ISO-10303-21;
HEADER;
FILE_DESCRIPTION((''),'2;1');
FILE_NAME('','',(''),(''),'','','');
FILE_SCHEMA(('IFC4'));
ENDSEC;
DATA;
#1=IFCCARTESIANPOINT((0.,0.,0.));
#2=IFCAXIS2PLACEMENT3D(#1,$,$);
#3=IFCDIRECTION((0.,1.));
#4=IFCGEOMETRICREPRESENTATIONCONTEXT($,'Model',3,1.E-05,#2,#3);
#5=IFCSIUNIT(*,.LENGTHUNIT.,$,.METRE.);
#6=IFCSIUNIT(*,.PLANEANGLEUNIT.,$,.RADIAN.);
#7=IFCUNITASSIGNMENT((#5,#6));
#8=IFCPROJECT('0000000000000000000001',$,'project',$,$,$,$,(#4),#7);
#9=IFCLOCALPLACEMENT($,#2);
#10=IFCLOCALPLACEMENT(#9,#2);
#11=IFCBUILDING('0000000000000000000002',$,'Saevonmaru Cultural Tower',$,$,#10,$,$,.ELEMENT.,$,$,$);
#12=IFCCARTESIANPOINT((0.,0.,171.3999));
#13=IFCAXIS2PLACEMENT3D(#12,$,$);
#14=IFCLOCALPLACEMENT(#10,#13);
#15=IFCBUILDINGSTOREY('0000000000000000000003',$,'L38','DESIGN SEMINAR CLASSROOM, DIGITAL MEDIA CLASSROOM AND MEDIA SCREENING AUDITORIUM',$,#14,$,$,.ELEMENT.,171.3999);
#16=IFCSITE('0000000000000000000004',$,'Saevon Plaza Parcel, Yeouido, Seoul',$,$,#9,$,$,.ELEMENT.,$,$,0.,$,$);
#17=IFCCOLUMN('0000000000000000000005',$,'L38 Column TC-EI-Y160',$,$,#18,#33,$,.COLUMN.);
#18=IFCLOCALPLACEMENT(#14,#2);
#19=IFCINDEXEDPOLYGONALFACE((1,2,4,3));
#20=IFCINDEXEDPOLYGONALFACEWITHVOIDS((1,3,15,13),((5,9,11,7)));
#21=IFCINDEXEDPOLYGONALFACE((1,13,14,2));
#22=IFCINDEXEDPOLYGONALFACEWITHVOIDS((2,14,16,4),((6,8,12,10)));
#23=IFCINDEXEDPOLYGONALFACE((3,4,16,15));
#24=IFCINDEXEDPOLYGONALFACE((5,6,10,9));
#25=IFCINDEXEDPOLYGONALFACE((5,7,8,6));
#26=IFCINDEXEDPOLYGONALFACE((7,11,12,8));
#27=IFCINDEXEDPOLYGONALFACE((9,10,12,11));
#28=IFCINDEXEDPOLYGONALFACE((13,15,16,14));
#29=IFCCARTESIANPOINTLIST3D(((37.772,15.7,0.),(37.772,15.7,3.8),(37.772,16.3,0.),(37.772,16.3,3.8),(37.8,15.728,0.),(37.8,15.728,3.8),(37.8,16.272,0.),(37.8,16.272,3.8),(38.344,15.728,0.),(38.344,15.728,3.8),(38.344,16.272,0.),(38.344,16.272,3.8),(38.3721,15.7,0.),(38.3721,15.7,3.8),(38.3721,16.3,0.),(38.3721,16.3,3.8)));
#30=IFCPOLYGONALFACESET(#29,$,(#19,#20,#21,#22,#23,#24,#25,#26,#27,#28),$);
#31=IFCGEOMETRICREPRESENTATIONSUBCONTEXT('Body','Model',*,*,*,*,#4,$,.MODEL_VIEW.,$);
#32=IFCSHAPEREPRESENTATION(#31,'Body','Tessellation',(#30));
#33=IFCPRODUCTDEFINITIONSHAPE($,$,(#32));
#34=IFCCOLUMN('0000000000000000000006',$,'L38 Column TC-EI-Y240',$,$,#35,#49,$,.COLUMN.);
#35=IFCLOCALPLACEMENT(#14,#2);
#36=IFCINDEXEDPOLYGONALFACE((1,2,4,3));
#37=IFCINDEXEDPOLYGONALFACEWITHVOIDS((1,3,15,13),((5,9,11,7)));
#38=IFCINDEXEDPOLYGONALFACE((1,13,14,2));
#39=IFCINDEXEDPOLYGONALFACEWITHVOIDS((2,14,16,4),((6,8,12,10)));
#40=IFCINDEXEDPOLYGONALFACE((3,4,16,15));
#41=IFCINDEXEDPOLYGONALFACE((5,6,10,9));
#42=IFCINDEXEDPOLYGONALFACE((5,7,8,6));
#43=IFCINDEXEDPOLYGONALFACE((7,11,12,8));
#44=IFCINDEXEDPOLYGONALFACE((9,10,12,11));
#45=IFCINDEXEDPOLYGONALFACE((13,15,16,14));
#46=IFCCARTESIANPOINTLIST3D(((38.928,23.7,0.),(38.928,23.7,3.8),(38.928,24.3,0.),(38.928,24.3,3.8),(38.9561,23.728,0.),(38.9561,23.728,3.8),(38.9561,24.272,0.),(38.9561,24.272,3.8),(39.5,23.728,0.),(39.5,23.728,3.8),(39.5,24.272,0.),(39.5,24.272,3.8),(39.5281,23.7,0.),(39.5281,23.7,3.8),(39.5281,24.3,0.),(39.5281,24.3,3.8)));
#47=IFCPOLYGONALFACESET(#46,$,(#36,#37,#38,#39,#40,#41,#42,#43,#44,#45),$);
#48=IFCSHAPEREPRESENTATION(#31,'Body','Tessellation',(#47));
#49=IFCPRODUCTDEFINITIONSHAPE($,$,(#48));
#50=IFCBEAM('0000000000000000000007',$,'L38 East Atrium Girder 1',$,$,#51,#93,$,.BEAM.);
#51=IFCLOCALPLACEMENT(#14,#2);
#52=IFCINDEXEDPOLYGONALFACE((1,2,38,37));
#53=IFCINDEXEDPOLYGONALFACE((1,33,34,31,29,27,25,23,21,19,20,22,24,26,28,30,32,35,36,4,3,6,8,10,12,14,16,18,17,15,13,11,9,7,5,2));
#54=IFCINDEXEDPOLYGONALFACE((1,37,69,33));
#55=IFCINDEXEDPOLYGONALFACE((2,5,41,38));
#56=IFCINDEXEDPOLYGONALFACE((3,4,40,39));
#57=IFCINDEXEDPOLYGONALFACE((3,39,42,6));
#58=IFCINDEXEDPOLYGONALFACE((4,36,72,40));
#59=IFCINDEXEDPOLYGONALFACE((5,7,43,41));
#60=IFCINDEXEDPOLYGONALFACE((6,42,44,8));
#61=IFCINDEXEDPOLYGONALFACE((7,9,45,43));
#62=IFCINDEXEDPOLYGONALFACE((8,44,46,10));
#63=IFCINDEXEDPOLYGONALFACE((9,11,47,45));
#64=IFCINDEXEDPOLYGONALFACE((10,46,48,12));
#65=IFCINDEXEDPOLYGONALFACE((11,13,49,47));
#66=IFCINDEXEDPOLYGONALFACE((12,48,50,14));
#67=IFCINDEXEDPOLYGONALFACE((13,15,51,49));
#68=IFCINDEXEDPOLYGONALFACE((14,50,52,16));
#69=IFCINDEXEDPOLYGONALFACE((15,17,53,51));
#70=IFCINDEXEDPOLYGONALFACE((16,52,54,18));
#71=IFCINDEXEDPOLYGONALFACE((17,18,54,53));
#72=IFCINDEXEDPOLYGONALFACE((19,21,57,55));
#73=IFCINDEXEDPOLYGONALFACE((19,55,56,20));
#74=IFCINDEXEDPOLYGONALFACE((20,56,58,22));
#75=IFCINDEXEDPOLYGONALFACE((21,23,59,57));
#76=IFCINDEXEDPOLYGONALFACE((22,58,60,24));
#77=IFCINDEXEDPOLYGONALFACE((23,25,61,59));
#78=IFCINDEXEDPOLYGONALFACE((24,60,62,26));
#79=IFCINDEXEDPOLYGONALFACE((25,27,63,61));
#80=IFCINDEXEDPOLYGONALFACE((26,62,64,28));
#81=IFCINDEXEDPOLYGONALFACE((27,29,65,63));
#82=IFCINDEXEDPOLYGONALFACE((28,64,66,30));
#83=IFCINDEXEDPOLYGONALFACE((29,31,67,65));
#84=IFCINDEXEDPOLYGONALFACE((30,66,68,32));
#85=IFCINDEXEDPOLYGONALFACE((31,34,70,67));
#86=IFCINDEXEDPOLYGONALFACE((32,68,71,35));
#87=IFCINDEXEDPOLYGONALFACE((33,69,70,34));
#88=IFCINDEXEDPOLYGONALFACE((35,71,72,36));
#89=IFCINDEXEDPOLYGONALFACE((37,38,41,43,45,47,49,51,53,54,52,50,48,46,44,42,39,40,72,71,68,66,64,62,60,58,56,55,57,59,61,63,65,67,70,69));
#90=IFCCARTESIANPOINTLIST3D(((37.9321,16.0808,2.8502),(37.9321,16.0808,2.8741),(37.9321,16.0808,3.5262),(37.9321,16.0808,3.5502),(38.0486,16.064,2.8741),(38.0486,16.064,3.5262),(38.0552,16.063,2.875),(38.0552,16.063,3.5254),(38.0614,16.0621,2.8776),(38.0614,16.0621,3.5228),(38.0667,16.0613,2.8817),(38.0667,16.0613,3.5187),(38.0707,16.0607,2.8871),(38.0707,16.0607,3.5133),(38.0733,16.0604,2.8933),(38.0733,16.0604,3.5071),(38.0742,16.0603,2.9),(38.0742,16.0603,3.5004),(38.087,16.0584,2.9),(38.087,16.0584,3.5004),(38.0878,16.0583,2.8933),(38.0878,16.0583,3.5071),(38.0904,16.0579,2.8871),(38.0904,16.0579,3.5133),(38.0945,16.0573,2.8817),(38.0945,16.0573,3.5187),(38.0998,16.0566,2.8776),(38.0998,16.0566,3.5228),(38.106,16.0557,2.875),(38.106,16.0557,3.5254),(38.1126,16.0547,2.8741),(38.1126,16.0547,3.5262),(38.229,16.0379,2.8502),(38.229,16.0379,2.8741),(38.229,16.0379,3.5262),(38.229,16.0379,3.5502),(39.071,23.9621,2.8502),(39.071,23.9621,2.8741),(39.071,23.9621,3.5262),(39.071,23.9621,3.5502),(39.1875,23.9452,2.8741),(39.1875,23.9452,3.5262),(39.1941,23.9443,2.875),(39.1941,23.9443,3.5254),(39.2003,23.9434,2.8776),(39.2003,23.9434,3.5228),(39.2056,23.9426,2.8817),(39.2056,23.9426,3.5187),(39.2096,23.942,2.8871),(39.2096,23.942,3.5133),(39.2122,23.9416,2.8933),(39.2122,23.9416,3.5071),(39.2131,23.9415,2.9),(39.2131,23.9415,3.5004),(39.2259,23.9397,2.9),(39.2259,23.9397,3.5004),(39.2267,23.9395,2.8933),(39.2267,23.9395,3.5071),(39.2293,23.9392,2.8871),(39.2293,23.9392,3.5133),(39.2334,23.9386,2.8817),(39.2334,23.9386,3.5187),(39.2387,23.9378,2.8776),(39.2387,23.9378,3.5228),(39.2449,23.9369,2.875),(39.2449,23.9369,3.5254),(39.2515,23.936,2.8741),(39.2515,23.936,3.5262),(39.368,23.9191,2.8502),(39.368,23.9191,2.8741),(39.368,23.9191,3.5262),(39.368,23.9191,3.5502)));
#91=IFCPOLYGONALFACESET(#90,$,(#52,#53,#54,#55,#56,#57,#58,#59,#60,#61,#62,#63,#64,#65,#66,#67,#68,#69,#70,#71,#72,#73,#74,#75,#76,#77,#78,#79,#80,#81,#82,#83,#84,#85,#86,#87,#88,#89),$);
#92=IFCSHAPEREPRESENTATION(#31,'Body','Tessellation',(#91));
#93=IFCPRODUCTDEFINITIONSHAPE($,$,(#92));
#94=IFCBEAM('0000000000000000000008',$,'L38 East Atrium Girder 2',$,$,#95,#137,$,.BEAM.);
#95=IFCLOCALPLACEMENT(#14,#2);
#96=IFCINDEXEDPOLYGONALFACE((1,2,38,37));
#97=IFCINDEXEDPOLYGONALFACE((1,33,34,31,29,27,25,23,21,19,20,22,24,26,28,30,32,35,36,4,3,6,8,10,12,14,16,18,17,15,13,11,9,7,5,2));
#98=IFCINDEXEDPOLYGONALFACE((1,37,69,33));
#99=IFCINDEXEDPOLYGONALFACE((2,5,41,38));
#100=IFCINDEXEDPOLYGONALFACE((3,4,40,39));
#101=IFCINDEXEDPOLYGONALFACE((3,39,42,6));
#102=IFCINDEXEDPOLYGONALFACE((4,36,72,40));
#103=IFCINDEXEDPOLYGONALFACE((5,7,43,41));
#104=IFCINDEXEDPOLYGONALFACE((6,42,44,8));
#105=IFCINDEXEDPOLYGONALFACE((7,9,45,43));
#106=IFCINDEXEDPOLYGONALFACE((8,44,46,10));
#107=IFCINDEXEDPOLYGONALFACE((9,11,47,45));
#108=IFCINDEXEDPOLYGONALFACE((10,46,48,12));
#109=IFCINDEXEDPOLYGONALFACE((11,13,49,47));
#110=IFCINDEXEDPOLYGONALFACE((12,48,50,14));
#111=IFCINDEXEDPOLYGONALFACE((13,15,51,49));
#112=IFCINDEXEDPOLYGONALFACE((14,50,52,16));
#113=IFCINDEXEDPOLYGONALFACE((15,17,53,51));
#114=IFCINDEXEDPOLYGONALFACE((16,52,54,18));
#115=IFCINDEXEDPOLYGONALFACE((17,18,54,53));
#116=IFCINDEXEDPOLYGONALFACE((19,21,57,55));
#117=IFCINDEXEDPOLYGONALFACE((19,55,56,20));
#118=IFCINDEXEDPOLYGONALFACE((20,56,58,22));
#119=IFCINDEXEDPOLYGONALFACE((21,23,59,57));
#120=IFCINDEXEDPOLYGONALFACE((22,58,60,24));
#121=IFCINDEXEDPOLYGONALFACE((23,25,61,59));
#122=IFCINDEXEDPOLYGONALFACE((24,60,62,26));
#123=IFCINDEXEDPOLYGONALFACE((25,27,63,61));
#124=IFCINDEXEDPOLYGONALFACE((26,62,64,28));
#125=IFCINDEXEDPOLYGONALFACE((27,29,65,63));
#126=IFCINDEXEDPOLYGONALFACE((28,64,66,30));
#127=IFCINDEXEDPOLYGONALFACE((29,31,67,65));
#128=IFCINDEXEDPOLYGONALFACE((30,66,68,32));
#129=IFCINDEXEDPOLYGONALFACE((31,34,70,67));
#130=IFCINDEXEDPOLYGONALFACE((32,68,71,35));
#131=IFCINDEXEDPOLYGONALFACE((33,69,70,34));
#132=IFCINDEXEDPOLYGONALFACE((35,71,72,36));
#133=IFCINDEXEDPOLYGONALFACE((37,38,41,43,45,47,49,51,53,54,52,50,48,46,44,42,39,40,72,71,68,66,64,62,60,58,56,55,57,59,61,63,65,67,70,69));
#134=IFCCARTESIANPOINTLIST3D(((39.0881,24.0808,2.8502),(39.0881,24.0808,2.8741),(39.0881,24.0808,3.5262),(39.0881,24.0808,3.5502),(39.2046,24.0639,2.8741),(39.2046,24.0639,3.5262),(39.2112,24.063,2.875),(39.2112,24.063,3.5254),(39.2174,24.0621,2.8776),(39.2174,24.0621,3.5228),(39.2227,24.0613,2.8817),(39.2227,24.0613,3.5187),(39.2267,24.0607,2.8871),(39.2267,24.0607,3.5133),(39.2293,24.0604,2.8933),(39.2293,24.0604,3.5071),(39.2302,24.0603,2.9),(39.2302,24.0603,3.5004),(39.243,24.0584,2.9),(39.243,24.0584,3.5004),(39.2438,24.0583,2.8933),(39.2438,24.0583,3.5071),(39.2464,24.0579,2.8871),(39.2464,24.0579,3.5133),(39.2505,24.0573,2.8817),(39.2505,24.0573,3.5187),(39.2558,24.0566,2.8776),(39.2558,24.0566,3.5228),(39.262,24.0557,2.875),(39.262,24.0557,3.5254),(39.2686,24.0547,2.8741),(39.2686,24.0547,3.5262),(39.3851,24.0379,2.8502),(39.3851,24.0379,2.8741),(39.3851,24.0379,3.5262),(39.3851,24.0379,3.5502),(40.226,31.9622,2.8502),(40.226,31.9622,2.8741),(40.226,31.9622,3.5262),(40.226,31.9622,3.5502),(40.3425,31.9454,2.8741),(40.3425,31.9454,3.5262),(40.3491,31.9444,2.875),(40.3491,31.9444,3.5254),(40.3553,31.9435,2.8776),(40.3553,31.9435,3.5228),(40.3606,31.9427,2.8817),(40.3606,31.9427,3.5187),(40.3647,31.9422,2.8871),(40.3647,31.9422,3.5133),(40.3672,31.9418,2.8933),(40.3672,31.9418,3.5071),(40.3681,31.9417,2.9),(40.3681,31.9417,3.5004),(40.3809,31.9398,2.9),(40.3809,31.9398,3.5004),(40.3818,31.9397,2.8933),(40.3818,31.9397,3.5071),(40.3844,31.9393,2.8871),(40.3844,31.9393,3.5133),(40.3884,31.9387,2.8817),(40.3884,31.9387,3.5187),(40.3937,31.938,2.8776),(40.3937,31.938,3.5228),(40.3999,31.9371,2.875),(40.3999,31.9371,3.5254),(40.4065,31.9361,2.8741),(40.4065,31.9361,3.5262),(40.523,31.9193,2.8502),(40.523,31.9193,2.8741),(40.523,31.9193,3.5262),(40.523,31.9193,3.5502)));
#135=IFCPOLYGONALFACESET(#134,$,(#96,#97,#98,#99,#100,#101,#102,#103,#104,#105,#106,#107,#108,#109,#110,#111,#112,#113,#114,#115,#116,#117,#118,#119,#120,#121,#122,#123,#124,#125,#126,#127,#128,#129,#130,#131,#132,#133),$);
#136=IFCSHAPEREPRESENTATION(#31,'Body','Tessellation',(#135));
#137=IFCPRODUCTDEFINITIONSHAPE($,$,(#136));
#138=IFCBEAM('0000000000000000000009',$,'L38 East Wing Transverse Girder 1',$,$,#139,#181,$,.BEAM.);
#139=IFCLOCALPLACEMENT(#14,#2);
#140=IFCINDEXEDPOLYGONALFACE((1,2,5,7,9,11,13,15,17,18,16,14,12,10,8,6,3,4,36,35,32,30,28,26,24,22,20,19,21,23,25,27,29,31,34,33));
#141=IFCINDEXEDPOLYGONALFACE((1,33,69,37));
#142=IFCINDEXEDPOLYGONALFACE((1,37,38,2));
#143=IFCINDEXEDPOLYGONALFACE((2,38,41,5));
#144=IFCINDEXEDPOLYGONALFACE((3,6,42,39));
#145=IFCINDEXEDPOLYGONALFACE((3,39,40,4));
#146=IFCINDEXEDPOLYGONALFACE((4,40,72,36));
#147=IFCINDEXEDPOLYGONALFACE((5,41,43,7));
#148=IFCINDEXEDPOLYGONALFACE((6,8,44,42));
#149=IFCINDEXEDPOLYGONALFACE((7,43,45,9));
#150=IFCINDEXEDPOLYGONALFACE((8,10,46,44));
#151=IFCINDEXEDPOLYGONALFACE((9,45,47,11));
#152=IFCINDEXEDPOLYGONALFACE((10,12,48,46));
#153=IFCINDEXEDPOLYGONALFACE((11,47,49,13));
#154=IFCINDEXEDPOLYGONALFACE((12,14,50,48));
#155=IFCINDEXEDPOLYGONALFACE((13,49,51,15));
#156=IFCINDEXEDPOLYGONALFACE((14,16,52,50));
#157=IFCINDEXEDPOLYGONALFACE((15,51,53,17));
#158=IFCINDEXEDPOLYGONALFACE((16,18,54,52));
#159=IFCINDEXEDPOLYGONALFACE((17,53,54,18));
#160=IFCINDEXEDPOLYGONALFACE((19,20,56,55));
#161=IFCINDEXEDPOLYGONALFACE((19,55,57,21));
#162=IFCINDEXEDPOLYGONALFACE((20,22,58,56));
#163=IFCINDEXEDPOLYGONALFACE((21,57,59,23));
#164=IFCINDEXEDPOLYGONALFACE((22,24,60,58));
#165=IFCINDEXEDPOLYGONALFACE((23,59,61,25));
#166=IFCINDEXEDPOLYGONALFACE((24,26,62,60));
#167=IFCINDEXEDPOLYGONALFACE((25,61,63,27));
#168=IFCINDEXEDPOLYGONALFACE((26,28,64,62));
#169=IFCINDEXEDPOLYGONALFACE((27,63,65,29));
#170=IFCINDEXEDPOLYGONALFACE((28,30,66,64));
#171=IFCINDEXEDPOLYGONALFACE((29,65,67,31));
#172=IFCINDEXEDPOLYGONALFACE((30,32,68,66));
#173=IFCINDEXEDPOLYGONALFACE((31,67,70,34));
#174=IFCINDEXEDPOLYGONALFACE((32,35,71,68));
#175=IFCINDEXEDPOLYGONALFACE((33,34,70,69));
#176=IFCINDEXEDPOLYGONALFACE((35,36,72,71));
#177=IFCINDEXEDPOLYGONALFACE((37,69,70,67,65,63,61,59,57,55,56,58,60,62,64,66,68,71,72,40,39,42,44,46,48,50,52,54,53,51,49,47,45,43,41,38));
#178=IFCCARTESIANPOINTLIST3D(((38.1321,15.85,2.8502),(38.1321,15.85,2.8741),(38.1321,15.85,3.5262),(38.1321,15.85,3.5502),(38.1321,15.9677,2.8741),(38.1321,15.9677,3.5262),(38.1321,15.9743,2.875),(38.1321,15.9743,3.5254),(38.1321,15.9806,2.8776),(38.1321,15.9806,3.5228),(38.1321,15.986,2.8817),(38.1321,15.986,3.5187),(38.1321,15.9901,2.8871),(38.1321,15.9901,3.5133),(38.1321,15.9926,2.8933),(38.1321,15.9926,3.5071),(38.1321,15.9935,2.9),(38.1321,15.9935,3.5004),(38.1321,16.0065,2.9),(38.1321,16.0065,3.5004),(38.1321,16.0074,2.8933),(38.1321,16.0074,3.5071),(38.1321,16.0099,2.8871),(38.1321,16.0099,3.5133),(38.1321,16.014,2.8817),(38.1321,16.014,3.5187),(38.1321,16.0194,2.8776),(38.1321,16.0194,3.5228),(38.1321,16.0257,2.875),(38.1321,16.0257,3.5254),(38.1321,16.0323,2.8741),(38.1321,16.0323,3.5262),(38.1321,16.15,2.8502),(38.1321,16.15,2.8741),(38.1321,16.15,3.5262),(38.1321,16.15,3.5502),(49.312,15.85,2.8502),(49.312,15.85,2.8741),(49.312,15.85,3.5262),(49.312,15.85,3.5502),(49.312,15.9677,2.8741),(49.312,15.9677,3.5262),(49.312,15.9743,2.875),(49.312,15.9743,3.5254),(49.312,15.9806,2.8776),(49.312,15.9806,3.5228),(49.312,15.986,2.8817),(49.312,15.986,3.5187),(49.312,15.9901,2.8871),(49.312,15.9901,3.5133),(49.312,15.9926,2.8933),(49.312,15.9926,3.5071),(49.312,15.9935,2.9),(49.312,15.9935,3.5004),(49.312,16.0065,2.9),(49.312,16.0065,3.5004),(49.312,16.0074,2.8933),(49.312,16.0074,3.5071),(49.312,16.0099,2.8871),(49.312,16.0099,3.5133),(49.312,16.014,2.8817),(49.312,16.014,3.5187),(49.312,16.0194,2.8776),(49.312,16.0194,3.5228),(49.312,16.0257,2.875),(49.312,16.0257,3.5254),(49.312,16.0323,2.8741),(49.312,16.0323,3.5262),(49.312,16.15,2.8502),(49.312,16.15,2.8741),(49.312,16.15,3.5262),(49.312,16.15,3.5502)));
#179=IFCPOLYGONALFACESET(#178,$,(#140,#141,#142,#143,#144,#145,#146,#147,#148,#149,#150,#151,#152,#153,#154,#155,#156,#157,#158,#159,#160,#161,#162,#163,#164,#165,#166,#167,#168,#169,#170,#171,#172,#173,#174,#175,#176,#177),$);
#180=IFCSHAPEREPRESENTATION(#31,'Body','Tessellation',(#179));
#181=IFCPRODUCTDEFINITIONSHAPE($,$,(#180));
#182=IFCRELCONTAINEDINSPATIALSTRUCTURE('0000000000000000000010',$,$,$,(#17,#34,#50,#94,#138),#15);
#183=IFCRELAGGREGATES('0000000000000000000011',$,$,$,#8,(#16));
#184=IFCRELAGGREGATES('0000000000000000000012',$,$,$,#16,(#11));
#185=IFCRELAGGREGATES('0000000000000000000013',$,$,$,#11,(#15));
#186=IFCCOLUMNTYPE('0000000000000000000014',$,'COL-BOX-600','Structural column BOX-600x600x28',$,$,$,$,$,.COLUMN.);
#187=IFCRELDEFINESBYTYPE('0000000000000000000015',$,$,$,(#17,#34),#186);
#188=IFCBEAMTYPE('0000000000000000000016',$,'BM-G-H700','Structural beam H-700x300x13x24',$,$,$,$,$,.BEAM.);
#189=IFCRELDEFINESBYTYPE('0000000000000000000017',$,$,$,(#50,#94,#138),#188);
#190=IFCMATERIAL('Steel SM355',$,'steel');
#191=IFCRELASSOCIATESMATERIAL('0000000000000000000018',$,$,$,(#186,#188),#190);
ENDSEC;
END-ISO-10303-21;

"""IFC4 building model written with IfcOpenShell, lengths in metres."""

from ifc_helpers import new_model, si_unit, direction, frame, origin, origin_2d, place, context, subcontext, project, spatial, hollow_rectangle, i_section, extrude, material, material_profile, profile_set, type_object, element, save


model = new_model("IFC4")

# Units and contexts
model_context = context("Model", 3, precision=1e-05, world=origin(), true_north=direction((0.0, 1.0)))
body_context = subcontext(model_context, "Body", "Model", "MODEL_VIEW")
ifc_project = project(units=[si_unit("LENGTHUNIT", "METRE"), si_unit("PLANEANGLEUNIT", "RADIAN")], contexts=[model_context])

# Site, building, storey
site_placement = place(None, origin())
site = spatial("IfcSite", under=ifc_project, at=site_placement, Name="Saevon Plaza Parcel, Yeouido, Seoul", CompositionType="ELEMENT", RefElevation=0.0)
building_placement = place(site_placement, origin())
building = spatial("IfcBuilding", under=site, at=building_placement, Name="Saevonmaru Cultural Tower", CompositionType="ELEMENT")
storey_placement = place(building_placement, frame((0.0, 0.0, 171.3999)))
storey = spatial("IfcBuildingStorey", under=building, at=storey_placement, Name="L38", Description="DESIGN SEMINAR CLASSROOM, DIGITAL MEDIA CLASSROOM AND MEDIA SCREENING AUDITORIUM", CompositionType="ELEMENT", Elevation=171.3999)

# Columns
ifc_material_1 = material(Name="Steel SM355", Category="steel")
ifc_material_profile_1 = material_profile(ifc_material_1, hollow_rectangle(XDim=0.6001, YDim=0.6001, WallThickness=0.0281, at=origin_2d()), Name="BOX-600x600x28")
ifc_profile_set_1 = profile_set([ifc_material_profile_1], Name="Steel SM355")
column_type = type_object("IfcColumnType", Name="COL-BOX-600", Description="Structural column BOX-600x600x28", PredefinedType="COLUMN", material=ifc_profile_set_1)
for number, where, z_axis, x_axis, name in (
    (1, (38.072, 16.0, 0.0), (0.0, 0.0, 1.0), (1.0, 0.0, 0.0), "L38 Column TC-EI-Y160"),
    (2, (39.228, 24.0, 0.0), (0.0, 0.0, 1.0), (1.0, 0.0, 0.0), "L38 Column TC-EI-Y240"),
):
    element("IfcColumn", number, at=place(storey_placement, frame(where, z_axis=z_axis, x_axis=x_axis)), inside=storey, type_object=column_type, Name=name, PredefinedType="COLUMN", context=body_context, shape_type="SweptSolid", body=[
        extrude(hollow_rectangle(XDim=0.6001, YDim=0.6001, WallThickness=0.0281, at=origin_2d()), origin(), (0.0, 0.0, 1.0), 3.8),
    ])

# Beams
ifc_material_profile_2 = material_profile(ifc_material_1, i_section(OverallWidth=0.3, OverallDepth=0.7, WebThickness=0.0129, FlangeThickness=0.0239, FilletRadius=0.0259, at=origin_2d()), Name="H-700x300x13x24")
ifc_profile_set_2 = profile_set([ifc_material_profile_2], Name="Steel SM355")
beam_type_1 = type_object("IfcBeamType", Name="BM-G-H700", Description="Structural beam H-700x300x13x24", PredefinedType="BEAM", material=ifc_profile_set_2)
for number, where, z_axis, x_axis, name in (
    (3, (38.0806, 16.0593, 3.2002), (0.143022, 0.989719, 0.0), (-0.989719, 0.143022, 0.0), "L38 East Atrium Girder 1"),
    (4, (39.2366, 24.0593, 3.2002), (0.142902, 0.989737, 0.0), (-0.989737, 0.142902, 0.0), "L38 East Atrium Girder 2"),
):
    element("IfcBeam", number, at=place(storey_placement, frame(where, z_axis=z_axis, x_axis=x_axis)), inside=storey, type_object=beam_type_1, Name=name, PredefinedType="BEAM", context=body_context, shape_type="SweptSolid", body=[
        extrude(i_section(OverallWidth=0.3, OverallDepth=0.7, WebThickness=0.0129, FlangeThickness=0.0239, FilletRadius=0.0259, at=origin_2d()), origin(), (0.0, 0.0, 1.0), 7.9631),
    ])
for number, where, z_axis, x_axis, name in (
    (5, (38.1321, 16.0, 3.2002), (1.0, 0.0, 0.0), (0.0, 1.0, 0.0), "L38 East Wing Transverse Girder 1"),
):
    element("IfcBeam", number, at=place(storey_placement, frame(where, z_axis=z_axis, x_axis=x_axis)), inside=storey, type_object=beam_type_1, Name=name, PredefinedType="BEAM", context=body_context, shape_type="SweptSolid", body=[
        extrude(i_section(OverallWidth=0.3, OverallDepth=0.7, WebThickness=0.0129, FlangeThickness=0.0239, FilletRadius=0.0259, at=origin_2d()), origin(), (0.0, 0.0, 1.0), 11.1799),
    ])

save(model, "model.ifc")
